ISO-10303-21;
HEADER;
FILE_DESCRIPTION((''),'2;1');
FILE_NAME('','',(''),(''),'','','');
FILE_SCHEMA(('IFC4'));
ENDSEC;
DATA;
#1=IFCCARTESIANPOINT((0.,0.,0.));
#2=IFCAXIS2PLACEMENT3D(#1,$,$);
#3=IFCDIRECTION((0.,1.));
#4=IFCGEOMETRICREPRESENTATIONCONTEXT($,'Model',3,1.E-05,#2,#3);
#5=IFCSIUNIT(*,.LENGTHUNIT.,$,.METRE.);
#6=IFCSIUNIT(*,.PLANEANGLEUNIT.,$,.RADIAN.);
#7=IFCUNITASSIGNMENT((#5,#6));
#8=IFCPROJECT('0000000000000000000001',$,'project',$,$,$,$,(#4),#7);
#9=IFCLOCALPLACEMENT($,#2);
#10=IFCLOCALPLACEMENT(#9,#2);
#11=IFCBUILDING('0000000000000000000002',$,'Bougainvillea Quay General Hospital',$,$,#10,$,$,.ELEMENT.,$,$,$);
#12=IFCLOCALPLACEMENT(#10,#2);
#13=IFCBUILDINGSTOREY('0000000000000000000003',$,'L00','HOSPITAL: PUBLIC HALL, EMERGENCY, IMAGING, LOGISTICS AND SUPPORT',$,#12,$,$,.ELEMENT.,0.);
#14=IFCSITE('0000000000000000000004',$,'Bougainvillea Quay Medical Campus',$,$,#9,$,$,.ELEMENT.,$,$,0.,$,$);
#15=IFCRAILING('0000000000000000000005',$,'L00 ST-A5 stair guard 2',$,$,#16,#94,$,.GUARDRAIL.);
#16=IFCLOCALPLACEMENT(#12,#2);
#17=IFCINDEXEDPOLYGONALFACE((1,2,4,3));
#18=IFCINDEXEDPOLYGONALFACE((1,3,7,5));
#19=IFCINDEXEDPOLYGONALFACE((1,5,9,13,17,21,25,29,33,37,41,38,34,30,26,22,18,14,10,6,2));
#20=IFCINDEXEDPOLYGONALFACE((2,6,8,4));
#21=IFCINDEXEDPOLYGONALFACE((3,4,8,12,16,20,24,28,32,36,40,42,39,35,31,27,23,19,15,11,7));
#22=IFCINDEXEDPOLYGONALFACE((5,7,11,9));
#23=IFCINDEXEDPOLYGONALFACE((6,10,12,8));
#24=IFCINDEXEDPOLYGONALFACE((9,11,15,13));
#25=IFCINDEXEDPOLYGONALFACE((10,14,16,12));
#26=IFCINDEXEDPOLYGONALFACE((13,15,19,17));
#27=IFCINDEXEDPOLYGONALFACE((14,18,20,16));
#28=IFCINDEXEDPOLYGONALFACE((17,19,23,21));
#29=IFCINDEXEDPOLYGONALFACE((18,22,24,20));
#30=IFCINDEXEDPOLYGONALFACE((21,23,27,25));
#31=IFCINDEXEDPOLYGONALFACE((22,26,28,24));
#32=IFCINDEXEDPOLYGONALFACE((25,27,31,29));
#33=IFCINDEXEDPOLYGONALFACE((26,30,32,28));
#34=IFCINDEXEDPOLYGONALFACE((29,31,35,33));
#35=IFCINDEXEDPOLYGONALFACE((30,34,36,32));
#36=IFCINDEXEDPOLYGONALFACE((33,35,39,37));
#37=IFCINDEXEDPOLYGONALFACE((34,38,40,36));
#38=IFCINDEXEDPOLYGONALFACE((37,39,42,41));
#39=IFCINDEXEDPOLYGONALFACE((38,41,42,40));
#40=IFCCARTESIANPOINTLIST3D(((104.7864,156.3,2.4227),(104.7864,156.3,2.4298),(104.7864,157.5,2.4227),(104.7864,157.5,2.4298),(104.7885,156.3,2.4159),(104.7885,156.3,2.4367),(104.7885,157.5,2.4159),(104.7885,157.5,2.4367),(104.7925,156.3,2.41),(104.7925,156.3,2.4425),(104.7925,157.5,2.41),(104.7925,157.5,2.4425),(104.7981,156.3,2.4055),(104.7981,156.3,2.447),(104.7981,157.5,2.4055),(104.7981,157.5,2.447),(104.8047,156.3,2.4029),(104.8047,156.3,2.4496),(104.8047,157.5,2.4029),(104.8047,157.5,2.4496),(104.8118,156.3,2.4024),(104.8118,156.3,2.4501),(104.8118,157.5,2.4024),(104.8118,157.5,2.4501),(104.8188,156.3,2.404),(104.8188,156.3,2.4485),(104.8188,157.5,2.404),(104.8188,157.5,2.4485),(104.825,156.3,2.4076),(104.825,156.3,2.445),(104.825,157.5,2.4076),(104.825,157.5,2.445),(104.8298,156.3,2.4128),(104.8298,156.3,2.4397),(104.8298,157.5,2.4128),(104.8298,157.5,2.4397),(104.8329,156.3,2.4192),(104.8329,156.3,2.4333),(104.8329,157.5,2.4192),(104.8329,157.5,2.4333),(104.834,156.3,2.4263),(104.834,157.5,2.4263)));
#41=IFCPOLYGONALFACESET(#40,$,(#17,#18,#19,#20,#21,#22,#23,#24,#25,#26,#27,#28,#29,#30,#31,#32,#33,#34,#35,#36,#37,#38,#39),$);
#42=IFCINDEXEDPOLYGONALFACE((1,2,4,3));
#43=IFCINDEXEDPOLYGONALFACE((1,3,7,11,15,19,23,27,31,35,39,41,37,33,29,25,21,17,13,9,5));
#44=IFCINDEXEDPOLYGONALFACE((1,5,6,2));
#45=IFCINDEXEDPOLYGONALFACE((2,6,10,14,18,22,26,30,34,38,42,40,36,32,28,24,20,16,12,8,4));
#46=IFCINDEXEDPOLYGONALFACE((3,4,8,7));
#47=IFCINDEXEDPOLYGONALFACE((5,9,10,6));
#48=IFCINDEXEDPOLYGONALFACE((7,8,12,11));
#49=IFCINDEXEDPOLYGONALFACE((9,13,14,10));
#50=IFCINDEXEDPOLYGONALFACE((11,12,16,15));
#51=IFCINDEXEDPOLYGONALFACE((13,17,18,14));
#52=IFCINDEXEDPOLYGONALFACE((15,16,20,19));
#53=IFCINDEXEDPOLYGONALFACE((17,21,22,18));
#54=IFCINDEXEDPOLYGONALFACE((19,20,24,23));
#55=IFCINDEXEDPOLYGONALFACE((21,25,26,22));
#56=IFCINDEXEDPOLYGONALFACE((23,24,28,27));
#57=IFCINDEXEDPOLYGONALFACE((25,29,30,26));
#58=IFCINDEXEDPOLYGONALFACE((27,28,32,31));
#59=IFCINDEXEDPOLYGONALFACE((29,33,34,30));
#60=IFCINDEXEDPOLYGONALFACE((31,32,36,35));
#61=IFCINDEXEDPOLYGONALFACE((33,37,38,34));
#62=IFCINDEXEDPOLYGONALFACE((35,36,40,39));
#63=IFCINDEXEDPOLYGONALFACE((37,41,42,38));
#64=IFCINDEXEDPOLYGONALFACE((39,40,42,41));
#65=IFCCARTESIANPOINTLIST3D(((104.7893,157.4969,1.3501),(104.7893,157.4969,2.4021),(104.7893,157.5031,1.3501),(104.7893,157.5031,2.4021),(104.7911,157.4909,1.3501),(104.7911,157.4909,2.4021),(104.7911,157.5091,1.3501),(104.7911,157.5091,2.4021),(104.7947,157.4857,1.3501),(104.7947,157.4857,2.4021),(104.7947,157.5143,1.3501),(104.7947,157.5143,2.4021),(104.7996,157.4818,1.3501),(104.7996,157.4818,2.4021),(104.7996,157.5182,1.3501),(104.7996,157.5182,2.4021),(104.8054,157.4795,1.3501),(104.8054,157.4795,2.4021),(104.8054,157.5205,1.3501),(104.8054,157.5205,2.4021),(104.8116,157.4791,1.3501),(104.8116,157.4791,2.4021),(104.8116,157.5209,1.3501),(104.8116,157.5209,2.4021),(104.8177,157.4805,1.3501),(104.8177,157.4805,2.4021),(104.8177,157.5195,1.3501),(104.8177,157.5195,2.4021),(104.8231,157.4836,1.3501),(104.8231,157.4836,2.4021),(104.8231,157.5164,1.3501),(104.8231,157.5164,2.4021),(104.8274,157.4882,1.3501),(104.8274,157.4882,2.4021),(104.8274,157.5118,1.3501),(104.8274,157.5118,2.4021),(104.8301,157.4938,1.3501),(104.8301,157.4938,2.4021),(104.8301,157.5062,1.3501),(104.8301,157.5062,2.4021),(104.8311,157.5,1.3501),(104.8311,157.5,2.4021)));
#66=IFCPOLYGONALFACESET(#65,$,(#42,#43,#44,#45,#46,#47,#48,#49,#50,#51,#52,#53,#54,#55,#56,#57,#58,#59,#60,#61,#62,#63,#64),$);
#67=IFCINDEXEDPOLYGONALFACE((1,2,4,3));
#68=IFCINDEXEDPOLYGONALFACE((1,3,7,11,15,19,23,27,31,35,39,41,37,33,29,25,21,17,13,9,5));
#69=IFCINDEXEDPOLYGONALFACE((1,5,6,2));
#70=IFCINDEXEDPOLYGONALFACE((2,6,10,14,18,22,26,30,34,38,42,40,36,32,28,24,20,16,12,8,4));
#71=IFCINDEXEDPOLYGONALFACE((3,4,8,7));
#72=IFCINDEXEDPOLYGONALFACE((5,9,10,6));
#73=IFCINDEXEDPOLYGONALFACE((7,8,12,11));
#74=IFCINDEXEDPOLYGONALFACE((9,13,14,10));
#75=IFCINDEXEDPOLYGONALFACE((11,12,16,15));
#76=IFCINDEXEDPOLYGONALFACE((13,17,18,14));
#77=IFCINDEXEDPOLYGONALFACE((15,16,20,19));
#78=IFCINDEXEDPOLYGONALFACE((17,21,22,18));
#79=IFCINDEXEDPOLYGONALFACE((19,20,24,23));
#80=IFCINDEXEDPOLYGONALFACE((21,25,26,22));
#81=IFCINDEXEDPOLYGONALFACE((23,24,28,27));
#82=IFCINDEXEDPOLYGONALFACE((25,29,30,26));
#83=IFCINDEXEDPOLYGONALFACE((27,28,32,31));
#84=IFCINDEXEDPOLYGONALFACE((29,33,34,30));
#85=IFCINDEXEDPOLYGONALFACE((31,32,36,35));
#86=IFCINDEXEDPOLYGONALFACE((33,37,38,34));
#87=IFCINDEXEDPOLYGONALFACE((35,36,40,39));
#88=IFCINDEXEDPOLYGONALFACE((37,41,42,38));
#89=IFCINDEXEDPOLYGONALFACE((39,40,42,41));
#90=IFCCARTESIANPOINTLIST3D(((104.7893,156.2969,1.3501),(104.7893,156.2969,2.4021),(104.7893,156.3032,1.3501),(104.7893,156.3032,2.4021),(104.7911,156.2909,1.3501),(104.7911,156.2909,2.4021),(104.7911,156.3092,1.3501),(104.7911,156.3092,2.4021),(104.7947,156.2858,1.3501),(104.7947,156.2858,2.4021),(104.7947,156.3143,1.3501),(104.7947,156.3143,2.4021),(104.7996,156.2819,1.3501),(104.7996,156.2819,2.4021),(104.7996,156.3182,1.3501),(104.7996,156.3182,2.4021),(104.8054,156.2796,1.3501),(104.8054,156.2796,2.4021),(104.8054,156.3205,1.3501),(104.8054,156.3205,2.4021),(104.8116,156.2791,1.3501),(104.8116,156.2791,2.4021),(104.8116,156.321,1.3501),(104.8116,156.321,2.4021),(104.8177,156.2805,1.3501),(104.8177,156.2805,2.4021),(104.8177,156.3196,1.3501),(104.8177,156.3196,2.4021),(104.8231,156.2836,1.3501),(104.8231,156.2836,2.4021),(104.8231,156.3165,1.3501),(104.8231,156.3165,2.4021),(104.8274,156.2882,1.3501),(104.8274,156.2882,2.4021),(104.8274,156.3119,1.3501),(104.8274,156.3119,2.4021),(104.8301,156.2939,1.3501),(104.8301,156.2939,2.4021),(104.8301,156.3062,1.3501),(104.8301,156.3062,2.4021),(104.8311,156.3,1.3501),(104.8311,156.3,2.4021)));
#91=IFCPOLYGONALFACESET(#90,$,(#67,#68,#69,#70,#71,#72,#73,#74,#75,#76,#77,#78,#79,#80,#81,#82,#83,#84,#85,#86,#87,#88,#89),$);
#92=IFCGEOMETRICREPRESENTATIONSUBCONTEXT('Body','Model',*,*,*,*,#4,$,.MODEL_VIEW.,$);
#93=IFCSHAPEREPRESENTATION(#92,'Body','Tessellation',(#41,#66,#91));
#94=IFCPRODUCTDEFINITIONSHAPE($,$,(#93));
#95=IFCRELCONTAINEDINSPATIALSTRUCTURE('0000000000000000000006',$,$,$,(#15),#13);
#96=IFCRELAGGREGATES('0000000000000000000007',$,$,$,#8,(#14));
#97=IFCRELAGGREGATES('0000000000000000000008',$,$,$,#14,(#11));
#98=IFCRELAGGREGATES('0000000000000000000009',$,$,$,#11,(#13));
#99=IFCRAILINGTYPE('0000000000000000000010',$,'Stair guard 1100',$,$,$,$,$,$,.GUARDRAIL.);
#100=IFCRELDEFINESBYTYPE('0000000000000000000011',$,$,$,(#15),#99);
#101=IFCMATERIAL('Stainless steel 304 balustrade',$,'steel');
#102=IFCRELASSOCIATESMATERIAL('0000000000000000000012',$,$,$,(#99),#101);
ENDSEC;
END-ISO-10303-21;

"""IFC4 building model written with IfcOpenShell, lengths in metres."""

from ifc_helpers import new_model, si_unit, direction, frame, origin, origin_2d, place, context, subcontext, project, spatial, circle, extrude, material, type_object, element, save


model = new_model("IFC4")

# Units and contexts
model_context = context("Model", 3, precision=1e-05, world=origin(), true_north=direction((0.0, 1.0)))
body_context = subcontext(model_context, "Body", "Model", "MODEL_VIEW")
ifc_project = project(units=[si_unit("LENGTHUNIT", "METRE"), si_unit("PLANEANGLEUNIT", "RADIAN")], contexts=[model_context])

# Site, building, storey
site_placement = place(None, origin())
site = spatial("IfcSite", under=ifc_project, at=site_placement, Name="Bougainvillea Quay Medical Campus", CompositionType="ELEMENT", RefElevation=0.0)
building_placement = place(site_placement, origin())
building = spatial("IfcBuilding", under=site, at=building_placement, Name="Bougainvillea Quay General Hospital", CompositionType="ELEMENT")
storey_placement = place(building_placement, origin())
storey = spatial("IfcBuildingStorey", under=building, at=storey_placement, Name="L00", Description="HOSPITAL: PUBLIC HALL, EMERGENCY, IMAGING, LOGISTICS AND SUPPORT", CompositionType="ELEMENT", Elevation=0.0)

# Railing
ifc_material_1 = material(Name="Stainless steel 304 balustrade", Category="steel")
railing_type_1 = type_object("IfcRailingType", Name="Stair guard 1100", PredefinedType="GUARDRAIL", material=ifc_material_1)
railing_1_placement = place(storey_placement, frame((104.8101, 157.5, 1.3501)))
element("IfcRailing", 1, at=railing_1_placement, inside=storey, type_object=railing_type_1, Name="L00 ST-A5 stair guard 2", PredefinedType="GUARDRAIL", context=body_context, shape_type="SweptSolid", body=[
    extrude(circle(Radius=0.0239, at=origin_2d()), frame((0.0, 0.0, 1.0762), z_axis=(0.0, -1.0, 0.0), x_axis=(1.0, 0.0, 0.0)), (0.0, 0.0, 1.0), 1.2),
    extrude(circle(Radius=0.021, at=origin_2d()), origin(), (0.0, 0.0, 1.0), 1.052),
    extrude(circle(Radius=0.021, at=origin_2d()), frame((0.0, -1.2, 0.0)), (0.0, 0.0, 1.0), 1.052),
])

save(model, "model.ifc")
